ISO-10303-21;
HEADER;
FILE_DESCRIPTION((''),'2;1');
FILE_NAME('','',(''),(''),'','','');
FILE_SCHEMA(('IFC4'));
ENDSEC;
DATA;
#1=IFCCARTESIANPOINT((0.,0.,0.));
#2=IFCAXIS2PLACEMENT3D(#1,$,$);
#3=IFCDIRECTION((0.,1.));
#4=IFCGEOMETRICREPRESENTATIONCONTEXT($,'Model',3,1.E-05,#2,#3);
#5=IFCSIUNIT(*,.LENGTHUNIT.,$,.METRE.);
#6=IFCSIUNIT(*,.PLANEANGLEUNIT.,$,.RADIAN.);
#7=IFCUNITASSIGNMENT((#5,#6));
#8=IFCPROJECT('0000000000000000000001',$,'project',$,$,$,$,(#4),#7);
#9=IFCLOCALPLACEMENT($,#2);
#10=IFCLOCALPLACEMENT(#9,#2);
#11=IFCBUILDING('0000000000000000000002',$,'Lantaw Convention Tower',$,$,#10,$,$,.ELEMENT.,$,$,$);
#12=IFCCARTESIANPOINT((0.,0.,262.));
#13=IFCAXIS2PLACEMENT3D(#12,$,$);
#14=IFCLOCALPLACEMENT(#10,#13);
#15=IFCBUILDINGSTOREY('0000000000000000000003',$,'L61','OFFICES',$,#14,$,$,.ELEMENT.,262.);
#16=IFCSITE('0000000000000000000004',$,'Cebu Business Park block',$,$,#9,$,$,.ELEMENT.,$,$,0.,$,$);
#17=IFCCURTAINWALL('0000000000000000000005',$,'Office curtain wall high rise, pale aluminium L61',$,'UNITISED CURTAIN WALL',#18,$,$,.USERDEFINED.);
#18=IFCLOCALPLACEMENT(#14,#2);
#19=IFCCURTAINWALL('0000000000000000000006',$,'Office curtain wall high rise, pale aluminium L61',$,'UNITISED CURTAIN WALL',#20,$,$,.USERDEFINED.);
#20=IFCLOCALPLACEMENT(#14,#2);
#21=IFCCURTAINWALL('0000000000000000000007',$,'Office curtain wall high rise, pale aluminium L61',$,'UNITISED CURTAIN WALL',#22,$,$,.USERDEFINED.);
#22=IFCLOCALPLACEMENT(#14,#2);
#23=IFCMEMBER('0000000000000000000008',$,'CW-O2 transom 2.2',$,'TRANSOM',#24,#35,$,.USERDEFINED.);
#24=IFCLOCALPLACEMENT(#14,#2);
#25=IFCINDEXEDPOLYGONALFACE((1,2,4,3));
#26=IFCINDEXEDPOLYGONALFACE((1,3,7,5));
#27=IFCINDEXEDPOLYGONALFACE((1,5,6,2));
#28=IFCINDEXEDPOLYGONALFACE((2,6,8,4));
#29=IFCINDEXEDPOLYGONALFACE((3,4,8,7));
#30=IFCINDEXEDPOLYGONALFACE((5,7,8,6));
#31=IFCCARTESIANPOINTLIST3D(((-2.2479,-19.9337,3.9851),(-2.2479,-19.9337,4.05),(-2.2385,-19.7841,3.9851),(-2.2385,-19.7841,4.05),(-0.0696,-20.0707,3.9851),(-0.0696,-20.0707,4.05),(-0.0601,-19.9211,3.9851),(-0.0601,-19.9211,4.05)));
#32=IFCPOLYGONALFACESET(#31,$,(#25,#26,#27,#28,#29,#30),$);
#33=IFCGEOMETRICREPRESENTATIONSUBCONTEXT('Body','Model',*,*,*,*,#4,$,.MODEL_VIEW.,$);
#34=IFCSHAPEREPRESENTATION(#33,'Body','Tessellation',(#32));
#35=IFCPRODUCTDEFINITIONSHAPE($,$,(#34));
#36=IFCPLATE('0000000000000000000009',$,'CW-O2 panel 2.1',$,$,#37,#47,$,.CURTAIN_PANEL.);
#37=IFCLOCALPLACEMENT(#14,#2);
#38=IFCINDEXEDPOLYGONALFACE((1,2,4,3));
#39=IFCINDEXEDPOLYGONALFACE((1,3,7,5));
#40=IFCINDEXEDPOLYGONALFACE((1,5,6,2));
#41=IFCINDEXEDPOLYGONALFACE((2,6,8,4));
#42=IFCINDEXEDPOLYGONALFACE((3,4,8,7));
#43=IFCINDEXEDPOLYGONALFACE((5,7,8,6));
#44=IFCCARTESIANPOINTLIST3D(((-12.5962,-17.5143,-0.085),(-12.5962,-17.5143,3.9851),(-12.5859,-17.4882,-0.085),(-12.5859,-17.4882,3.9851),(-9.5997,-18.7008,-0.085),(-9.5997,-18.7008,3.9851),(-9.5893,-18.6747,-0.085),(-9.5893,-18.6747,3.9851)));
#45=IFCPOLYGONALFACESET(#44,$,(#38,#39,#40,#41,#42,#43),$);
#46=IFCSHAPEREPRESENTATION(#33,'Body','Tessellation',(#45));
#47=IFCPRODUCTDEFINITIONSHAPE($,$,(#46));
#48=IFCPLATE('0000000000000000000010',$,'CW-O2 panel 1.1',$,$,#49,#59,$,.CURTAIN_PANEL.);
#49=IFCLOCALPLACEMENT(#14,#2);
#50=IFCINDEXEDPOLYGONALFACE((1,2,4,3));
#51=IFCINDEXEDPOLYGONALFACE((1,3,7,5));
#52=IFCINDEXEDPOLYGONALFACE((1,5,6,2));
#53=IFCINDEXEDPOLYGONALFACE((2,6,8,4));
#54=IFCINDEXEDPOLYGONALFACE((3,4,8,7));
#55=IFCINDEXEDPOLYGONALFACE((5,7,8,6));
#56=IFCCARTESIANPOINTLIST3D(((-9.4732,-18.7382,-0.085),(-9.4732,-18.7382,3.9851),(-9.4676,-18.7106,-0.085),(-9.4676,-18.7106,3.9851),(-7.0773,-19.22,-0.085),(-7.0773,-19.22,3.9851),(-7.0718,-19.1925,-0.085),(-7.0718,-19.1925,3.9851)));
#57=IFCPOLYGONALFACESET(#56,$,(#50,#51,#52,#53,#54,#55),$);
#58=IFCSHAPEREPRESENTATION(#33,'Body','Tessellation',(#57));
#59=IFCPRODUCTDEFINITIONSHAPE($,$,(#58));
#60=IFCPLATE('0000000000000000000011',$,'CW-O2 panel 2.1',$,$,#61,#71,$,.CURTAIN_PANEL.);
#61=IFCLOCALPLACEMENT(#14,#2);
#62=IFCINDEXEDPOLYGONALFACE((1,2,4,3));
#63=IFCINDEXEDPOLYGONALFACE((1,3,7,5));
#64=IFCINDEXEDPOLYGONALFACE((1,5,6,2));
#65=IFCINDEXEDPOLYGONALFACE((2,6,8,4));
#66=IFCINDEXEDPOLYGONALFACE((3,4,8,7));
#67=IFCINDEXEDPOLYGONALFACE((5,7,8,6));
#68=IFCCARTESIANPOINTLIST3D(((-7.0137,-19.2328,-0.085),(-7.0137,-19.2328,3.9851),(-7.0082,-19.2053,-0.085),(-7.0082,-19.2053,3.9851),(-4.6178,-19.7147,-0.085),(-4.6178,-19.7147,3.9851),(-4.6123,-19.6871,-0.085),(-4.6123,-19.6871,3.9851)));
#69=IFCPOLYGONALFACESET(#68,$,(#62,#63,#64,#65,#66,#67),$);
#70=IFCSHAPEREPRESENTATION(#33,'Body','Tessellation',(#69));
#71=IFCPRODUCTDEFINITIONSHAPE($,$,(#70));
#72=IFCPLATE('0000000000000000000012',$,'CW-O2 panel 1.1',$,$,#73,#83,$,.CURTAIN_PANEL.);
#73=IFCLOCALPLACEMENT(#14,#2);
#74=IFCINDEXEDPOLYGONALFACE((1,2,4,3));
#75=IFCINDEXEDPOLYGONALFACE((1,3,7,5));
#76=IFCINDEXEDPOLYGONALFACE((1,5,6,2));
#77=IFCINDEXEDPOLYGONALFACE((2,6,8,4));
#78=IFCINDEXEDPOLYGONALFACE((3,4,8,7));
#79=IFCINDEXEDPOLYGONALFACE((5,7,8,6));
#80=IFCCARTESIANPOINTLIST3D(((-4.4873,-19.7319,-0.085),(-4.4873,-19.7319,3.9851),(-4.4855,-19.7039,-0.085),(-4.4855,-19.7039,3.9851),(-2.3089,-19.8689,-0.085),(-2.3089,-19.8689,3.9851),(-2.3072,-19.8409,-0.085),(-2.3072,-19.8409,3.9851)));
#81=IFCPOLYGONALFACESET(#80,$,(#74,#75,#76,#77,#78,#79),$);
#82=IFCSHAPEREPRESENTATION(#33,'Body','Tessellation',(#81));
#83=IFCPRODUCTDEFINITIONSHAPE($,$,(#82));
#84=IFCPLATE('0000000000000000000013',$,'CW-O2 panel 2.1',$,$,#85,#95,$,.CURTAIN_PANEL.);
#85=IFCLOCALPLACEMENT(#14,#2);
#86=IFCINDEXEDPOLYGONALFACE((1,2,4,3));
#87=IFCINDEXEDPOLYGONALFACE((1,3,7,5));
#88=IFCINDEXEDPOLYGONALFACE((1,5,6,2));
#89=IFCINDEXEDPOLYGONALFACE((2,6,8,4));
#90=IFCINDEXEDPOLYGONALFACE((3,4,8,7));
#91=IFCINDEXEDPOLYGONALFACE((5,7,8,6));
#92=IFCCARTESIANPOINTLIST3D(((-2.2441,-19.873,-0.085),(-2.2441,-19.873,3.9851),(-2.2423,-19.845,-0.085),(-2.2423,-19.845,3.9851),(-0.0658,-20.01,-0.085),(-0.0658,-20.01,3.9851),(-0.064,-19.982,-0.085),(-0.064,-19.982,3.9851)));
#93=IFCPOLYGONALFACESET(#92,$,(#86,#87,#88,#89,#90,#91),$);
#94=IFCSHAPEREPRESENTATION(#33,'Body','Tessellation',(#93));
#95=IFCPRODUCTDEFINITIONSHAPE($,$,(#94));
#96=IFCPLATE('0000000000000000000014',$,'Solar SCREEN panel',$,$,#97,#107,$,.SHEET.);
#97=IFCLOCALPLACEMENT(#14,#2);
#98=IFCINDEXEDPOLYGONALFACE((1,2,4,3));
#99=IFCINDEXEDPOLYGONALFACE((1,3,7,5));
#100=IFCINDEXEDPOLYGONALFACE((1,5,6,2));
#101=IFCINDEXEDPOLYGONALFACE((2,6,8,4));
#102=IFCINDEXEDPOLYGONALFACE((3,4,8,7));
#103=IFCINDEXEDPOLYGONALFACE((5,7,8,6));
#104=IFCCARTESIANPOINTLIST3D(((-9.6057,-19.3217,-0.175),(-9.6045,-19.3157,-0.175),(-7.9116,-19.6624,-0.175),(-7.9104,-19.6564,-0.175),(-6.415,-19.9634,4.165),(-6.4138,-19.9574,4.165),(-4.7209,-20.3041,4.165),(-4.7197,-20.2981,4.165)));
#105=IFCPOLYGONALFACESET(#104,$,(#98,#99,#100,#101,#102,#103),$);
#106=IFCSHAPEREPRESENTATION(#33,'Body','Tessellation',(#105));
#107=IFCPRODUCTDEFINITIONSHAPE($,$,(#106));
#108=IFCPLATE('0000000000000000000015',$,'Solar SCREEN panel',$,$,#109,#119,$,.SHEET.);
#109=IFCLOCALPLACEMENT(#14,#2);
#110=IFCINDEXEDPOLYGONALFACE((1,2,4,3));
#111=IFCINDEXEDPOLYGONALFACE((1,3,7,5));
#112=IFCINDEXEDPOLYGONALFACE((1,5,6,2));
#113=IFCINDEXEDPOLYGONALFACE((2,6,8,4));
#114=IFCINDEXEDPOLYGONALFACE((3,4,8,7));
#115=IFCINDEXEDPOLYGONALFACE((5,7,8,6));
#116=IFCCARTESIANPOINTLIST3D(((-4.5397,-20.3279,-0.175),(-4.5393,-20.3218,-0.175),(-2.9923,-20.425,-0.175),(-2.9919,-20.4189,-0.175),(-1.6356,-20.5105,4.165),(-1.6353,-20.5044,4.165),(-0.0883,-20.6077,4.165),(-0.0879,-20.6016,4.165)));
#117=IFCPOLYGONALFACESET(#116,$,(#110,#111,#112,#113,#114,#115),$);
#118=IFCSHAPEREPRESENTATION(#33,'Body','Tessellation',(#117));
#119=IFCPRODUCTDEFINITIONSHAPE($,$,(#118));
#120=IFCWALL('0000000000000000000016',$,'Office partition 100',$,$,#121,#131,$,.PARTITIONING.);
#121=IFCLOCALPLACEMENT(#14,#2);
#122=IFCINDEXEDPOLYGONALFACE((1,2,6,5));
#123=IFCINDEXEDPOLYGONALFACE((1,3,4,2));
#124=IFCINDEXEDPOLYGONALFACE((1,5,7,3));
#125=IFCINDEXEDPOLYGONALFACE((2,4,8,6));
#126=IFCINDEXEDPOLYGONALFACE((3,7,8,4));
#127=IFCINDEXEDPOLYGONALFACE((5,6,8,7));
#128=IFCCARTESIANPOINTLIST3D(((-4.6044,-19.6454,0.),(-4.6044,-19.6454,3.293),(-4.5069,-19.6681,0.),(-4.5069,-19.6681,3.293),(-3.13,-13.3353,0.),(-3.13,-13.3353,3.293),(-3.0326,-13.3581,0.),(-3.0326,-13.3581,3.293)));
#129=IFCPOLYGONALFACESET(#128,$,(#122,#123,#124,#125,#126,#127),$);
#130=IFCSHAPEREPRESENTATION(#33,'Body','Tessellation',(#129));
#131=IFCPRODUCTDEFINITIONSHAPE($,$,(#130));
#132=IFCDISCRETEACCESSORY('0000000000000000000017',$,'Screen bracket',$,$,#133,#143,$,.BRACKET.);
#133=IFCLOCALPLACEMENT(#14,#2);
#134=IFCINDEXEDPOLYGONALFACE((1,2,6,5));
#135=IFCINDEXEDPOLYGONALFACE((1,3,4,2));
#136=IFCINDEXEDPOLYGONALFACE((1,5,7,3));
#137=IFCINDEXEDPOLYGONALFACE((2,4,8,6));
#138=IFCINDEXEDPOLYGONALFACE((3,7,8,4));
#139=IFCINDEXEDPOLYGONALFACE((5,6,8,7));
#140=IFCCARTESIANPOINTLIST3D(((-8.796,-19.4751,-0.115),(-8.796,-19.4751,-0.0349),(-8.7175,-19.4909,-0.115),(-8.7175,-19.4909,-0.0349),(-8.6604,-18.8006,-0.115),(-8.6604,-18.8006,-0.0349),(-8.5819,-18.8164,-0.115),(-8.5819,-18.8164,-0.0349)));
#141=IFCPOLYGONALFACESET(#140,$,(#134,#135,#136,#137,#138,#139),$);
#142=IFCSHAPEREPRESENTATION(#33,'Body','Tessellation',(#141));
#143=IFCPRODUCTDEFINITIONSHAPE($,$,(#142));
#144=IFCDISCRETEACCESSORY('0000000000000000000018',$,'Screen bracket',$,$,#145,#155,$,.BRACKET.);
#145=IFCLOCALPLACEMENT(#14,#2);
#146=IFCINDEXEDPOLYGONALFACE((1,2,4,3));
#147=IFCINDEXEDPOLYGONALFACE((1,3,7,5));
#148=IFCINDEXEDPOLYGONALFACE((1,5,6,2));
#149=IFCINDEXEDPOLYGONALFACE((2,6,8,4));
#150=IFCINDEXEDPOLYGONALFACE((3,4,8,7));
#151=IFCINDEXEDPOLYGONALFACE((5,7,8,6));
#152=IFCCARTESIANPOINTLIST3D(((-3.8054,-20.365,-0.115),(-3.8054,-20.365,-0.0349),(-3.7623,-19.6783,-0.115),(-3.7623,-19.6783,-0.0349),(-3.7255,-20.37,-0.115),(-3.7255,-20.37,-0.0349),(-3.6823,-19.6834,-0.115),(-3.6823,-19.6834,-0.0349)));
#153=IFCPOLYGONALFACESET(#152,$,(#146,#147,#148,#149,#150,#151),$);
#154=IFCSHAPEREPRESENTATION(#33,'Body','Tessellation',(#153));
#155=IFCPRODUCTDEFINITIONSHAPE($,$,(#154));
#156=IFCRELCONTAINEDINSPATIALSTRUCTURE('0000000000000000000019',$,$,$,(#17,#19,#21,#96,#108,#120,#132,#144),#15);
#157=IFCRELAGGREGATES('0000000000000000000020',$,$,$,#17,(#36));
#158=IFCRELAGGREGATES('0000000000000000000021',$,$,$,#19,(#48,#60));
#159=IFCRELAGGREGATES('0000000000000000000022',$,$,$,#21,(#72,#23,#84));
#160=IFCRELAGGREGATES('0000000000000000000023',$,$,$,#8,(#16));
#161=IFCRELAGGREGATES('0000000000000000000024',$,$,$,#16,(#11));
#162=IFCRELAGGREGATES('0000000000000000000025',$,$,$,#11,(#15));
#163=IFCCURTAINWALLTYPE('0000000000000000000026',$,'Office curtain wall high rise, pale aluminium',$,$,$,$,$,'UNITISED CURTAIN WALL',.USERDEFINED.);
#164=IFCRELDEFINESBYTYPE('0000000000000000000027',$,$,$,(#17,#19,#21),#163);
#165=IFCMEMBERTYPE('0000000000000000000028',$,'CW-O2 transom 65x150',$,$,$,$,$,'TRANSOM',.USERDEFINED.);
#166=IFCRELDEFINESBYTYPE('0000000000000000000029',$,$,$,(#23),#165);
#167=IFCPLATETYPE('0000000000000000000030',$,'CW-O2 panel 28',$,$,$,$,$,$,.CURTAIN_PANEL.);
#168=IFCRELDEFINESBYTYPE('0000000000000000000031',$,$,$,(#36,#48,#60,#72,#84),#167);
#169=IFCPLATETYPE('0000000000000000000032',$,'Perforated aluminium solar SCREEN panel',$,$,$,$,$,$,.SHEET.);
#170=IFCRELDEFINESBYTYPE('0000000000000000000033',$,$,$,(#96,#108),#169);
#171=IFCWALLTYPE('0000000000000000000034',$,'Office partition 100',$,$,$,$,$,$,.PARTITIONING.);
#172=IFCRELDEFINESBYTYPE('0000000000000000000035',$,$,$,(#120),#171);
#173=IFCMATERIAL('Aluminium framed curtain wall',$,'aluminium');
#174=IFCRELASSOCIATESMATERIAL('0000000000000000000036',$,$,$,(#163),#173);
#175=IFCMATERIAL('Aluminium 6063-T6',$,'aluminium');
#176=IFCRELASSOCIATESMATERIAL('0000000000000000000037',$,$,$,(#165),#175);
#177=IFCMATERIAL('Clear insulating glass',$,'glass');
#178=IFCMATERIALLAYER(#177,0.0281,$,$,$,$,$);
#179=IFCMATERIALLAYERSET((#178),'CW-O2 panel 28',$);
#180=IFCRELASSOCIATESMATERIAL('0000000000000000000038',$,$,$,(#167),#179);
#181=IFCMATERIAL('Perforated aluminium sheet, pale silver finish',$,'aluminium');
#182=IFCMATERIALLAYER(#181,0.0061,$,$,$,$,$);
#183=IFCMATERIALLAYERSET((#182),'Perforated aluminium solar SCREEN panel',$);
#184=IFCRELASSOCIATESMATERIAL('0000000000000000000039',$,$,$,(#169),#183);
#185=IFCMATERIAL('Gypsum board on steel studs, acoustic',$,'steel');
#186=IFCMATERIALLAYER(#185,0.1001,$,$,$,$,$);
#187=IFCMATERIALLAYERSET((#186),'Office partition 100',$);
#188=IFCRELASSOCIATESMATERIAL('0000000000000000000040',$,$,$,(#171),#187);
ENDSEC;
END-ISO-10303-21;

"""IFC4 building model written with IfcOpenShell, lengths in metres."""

from ifc_helpers import new_model, si_unit, direction, frame, frame_2d, origin, origin_2d, place, context, subcontext, project, spatial, polyline, rectangle, outline, extrude, material, layer, layer_set, material_profile, profile_set, type_object, element, aggregate, save


model = new_model("IFC4")

# Units and contexts
model_context = context("Model", 3, precision=1e-05, world=origin(), true_north=direction((0.0, 1.0)))
body_context = subcontext(model_context, "Body", "Model", "MODEL_VIEW")
ifc_project = project(units=[si_unit("LENGTHUNIT", "METRE"), si_unit("PLANEANGLEUNIT", "RADIAN")], contexts=[model_context])

# Site, building, storey
site_placement = place(None, origin())
site = spatial("IfcSite", under=ifc_project, at=site_placement, Name="Cebu Business Park block", CompositionType="ELEMENT", RefElevation=0.0)
building_placement = place(site_placement, origin())
building = spatial("IfcBuilding", under=site, at=building_placement, Name="Lantaw Convention Tower", CompositionType="ELEMENT")
storey_placement = place(building_placement, frame((0.0, 0.0, 262.0)))
storey = spatial("IfcBuildingStorey", under=building, at=storey_placement, Name="L61", Description="OFFICES", CompositionType="ELEMENT", Elevation=262.0)

# Curtain walls
ifc_material_1 = material(Name="Aluminium framed curtain wall", Category="aluminium")
curtain_wall_type = type_object("IfcCurtainWallType", Name="Office curtain wall high rise, pale aluminium", ElementType="UNITISED CURTAIN WALL", PredefinedType="USERDEFINED", material=ifc_material_1)
curtain_wall_1_placement = place(storey_placement, origin())
curtain_wall_1 = element("IfcCurtainWall", 1, at=curtain_wall_1_placement, inside=storey, type_object=curtain_wall_type, Name="Office curtain wall high rise, pale aluminium L61", ObjectType="UNITISED CURTAIN WALL", PredefinedType="USERDEFINED")
ifc_material_2 = material(Name="Aluminium 6063-T6", Category="aluminium")
curtain_wall_2_placement = place(storey_placement, origin())
curtain_wall_2 = element("IfcCurtainWall", 2, at=curtain_wall_2_placement, inside=storey, type_object=curtain_wall_type, Name="Office curtain wall high rise, pale aluminium L61", ObjectType="UNITISED CURTAIN WALL", PredefinedType="USERDEFINED")
curtain_wall_3_placement = place(storey_placement, origin())
curtain_wall_3 = element("IfcCurtainWall", 3, at=curtain_wall_3_placement, inside=storey, type_object=curtain_wall_type, Name="Office curtain wall high rise, pale aluminium L61", ObjectType="UNITISED CURTAIN WALL", PredefinedType="USERDEFINED")

# Member
ifc_material_profile_1 = material_profile(ifc_material_2, rectangle(XDim=0.1499, YDim=0.0649, at=origin_2d()), Name="CW-O2 transom 65x150")
ifc_profile_set_1 = profile_set([ifc_material_profile_1], Name="Aluminium 6063-T6")
member_type_1 = type_object("IfcMemberType", Name="CW-O2 transom 65x150", ElementType="TRANSOM", PredefinedType="USERDEFINED", material=ifc_profile_set_1)
member_1_placement = place(storey_placement, frame((-2.2432, -19.8589, 4.0176), z_axis=(0.998029, -0.062754, 0.0), x_axis=(0.062754, 0.998029, 0.0)))
member_1 = element("IfcMember", 4, at=member_1_placement, type_object=member_type_1, Name="CW-O2 transom 2.2", ObjectType="TRANSOM", PredefinedType="USERDEFINED", context=body_context, shape_type="SweptSolid", body=[
    extrude(rectangle(XDim=0.1499, YDim=0.0649, at=origin_2d()), origin(), (0.0, 0.0, 1.0), 2.1826),
])

# Plates
ifc_material_3 = material(Name="Clear insulating glass", Category="glass")
ifc_layer_1 = layer(ifc_material_3, 0.0281)
ifc_layer_set_1 = layer_set([ifc_layer_1], Name="CW-O2 panel 28")
plate_type_1 = type_object("IfcPlateType", Name="CW-O2 panel 28", PredefinedType="CURTAIN_PANEL", material=ifc_layer_set_1)
plate_1_placement = place(storey_placement, frame((-11.0928, -18.0945, -0.085), z_axis=(0.0, 0.0, 1.0), x_axis=(0.929762, -0.368162, 0.0)))
plate_1 = element("IfcPlate", 5, at=plate_1_placement, type_object=plate_type_1, Name="CW-O2 panel 2.1", PredefinedType="CURTAIN_PANEL", context=body_context, shape_type="SweptSolid", body=[
    extrude(rectangle(XDim=3.2229, YDim=0.0281, at=origin_2d()), origin(), (0.0, 0.0, 1.0), 4.0701),
])
aggregate(curtain_wall_1, [plate_1])
plate_2_placement = place(storey_placement, frame((-8.2725, -18.9653, -0.085), z_axis=(0.0, 0.0, 1.0), x_axis=(0.980367, -0.197183, 0.0)))
plate_2 = element("IfcPlate", 6, at=plate_2_placement, type_object=plate_type_1, Name="CW-O2 panel 1.1", PredefinedType="CURTAIN_PANEL", context=body_context, shape_type="SweptSolid", body=[
    extrude(rectangle(XDim=2.4438, YDim=0.0281, at=origin_2d()), origin(), (0.0, 0.0, 1.0), 4.0701),
])
plate_3_placement = place(storey_placement, frame((-5.813, -19.46, -0.085), z_axis=(0.0, 0.0, 1.0), x_axis=(0.980367, -0.197183, 0.0)))
plate_3 = element("IfcPlate", 7, at=plate_3_placement, type_object=plate_type_1, Name="CW-O2 panel 2.1", PredefinedType="CURTAIN_PANEL", context=body_context, shape_type="SweptSolid", body=[
    extrude(rectangle(XDim=2.4438, YDim=0.0281, at=origin_2d()), origin(), (0.0, 0.0, 1.0), 4.0701),
])
aggregate(curtain_wall_2, [plate_2, plate_3])
plate_4_placement = place(storey_placement, frame((-3.3972, -19.7864, -0.085), z_axis=(0.0, 0.0, 1.0), x_axis=(0.998029, -0.062758, 0.0)))
plate_4 = element("IfcPlate", 8, at=plate_4_placement, type_object=plate_type_1, Name="CW-O2 panel 1.1", PredefinedType="CURTAIN_PANEL", context=body_context, shape_type="SweptSolid", body=[
    extrude(rectangle(XDim=2.1826, YDim=0.0281, at=origin_2d()), origin(), (0.0, 0.0, 1.0), 4.0701),
])
plate_5_placement = place(storey_placement, frame((-1.1541, -19.9275, -0.085), z_axis=(0.0, 0.0, 1.0), x_axis=(0.998029, -0.062758, 0.0)))
plate_5 = element("IfcPlate", 9, at=plate_5_placement, type_object=plate_type_1, Name="CW-O2 panel 2.1", PredefinedType="CURTAIN_PANEL", context=body_context, shape_type="SweptSolid", body=[
    extrude(rectangle(XDim=2.1826, YDim=0.0281, at=origin_2d()), origin(), (0.0, 0.0, 1.0), 4.0701),
])
aggregate(curtain_wall_3, [plate_4, member_1, plate_5])

# Plates
ifc_material_4 = material(Name="Perforated aluminium sheet, pale silver finish", Category="aluminium")
ifc_layer_2 = layer(ifc_material_4, 0.0061)
ifc_layer_set_2 = layer_set([ifc_layer_2], Name="Perforated aluminium solar SCREEN panel")
plate_type_2 = type_object("IfcPlateType", Name="Perforated aluminium solar SCREEN panel", PredefinedType="SHEET", material=ifc_layer_set_2)
plate_6_placement = place(storey_placement, frame((-9.6045, -19.3157, -0.175), z_axis=(0.197162, 0.980371, 0.000011), x_axis=(0.980371, -0.197162, 0.0)))
element("IfcPlate", 10, at=plate_6_placement, inside=storey, type_object=plate_type_2, Name="Solar SCREEN panel", PredefinedType="SHEET", context=body_context, shape_type="SweptSolid", body=[
    extrude(outline(polyline([(0.0, 0.0), (1.728, 0.0), (4.9826, -4.3401), (3.2545, -4.3401), (0.0, 0.0)])), origin(), (0.0, 0.0, -1.0), 0.0061),
])
plate_7_placement = place(storey_placement, frame((-4.5393, -20.3218, -0.175), z_axis=(0.062672, 0.998034, 0.000059), x_axis=(0.998034, -0.062672, 0.0)))
element("IfcPlate", 11, at=plate_7_placement, inside=storey, type_object=plate_type_2, Name="Solar SCREEN panel", PredefinedType="SHEET", context=body_context, shape_type="SweptSolid", body=[
    extrude(outline(polyline([(0.0, 0.0), (1.5504, 0.0), (4.4602, -4.3401), (2.9098, -4.3401), (0.0, 0.0)])), origin(), (0.0, 0.0, -1.0), 0.0061),
])

# Wall
ifc_material_5 = material(Name="Gypsum board on steel studs, acoustic", Category="steel")
ifc_layer_3 = layer(ifc_material_5, 0.1001)
ifc_layer_set_3 = layer_set([ifc_layer_3], Name="Office partition 100")
wall_type = type_object("IfcWallType", Name="Office partition 100", PredefinedType="PARTITIONING", material=ifc_layer_set_3)
wall_placement = place(storey_placement, frame((-4.5557, -19.6567, 0.0), z_axis=(0.0, 0.0, 1.0), x_axis=(0.227525, 0.973772, 0.0)))
element("IfcWall", 12, at=wall_placement, inside=storey, type_object=wall_type, Name="Office partition 100", PredefinedType="PARTITIONING", context=body_context, shape_type="SweptSolid", body=[
    extrude(rectangle(XDim=6.48, YDim=0.1001, at=frame_2d((3.24, 0.0))), origin(), (0.0, 0.0, 1.0), 3.293),
])

# Discrete accessories
for number, where, z_axis, x_axis, name in (
    (13, (-8.689, -19.1458, -0.115), (0.0, 0.0, 1.0), (0.980367, -0.197183, 0.0), "Screen bracket"),
    (14, (-3.7439, -20.0242, -0.115), (0.0, 0.0, 1.0), (0.998029, -0.062758, 0.0), "Screen bracket"),
):
    element("IfcDiscreteAccessory", number, at=place(storey_placement, frame(where, z_axis=z_axis, x_axis=x_axis)), inside=storey, Name=name, PredefinedType="BRACKET", context=body_context, shape_type="SweptSolid", body=[
        extrude(rectangle(XDim=0.0801, YDim=0.688, at=origin_2d()), origin(), (0.0, 0.0, 1.0), 0.0801),
    ])

save(model, "model.ifc")
